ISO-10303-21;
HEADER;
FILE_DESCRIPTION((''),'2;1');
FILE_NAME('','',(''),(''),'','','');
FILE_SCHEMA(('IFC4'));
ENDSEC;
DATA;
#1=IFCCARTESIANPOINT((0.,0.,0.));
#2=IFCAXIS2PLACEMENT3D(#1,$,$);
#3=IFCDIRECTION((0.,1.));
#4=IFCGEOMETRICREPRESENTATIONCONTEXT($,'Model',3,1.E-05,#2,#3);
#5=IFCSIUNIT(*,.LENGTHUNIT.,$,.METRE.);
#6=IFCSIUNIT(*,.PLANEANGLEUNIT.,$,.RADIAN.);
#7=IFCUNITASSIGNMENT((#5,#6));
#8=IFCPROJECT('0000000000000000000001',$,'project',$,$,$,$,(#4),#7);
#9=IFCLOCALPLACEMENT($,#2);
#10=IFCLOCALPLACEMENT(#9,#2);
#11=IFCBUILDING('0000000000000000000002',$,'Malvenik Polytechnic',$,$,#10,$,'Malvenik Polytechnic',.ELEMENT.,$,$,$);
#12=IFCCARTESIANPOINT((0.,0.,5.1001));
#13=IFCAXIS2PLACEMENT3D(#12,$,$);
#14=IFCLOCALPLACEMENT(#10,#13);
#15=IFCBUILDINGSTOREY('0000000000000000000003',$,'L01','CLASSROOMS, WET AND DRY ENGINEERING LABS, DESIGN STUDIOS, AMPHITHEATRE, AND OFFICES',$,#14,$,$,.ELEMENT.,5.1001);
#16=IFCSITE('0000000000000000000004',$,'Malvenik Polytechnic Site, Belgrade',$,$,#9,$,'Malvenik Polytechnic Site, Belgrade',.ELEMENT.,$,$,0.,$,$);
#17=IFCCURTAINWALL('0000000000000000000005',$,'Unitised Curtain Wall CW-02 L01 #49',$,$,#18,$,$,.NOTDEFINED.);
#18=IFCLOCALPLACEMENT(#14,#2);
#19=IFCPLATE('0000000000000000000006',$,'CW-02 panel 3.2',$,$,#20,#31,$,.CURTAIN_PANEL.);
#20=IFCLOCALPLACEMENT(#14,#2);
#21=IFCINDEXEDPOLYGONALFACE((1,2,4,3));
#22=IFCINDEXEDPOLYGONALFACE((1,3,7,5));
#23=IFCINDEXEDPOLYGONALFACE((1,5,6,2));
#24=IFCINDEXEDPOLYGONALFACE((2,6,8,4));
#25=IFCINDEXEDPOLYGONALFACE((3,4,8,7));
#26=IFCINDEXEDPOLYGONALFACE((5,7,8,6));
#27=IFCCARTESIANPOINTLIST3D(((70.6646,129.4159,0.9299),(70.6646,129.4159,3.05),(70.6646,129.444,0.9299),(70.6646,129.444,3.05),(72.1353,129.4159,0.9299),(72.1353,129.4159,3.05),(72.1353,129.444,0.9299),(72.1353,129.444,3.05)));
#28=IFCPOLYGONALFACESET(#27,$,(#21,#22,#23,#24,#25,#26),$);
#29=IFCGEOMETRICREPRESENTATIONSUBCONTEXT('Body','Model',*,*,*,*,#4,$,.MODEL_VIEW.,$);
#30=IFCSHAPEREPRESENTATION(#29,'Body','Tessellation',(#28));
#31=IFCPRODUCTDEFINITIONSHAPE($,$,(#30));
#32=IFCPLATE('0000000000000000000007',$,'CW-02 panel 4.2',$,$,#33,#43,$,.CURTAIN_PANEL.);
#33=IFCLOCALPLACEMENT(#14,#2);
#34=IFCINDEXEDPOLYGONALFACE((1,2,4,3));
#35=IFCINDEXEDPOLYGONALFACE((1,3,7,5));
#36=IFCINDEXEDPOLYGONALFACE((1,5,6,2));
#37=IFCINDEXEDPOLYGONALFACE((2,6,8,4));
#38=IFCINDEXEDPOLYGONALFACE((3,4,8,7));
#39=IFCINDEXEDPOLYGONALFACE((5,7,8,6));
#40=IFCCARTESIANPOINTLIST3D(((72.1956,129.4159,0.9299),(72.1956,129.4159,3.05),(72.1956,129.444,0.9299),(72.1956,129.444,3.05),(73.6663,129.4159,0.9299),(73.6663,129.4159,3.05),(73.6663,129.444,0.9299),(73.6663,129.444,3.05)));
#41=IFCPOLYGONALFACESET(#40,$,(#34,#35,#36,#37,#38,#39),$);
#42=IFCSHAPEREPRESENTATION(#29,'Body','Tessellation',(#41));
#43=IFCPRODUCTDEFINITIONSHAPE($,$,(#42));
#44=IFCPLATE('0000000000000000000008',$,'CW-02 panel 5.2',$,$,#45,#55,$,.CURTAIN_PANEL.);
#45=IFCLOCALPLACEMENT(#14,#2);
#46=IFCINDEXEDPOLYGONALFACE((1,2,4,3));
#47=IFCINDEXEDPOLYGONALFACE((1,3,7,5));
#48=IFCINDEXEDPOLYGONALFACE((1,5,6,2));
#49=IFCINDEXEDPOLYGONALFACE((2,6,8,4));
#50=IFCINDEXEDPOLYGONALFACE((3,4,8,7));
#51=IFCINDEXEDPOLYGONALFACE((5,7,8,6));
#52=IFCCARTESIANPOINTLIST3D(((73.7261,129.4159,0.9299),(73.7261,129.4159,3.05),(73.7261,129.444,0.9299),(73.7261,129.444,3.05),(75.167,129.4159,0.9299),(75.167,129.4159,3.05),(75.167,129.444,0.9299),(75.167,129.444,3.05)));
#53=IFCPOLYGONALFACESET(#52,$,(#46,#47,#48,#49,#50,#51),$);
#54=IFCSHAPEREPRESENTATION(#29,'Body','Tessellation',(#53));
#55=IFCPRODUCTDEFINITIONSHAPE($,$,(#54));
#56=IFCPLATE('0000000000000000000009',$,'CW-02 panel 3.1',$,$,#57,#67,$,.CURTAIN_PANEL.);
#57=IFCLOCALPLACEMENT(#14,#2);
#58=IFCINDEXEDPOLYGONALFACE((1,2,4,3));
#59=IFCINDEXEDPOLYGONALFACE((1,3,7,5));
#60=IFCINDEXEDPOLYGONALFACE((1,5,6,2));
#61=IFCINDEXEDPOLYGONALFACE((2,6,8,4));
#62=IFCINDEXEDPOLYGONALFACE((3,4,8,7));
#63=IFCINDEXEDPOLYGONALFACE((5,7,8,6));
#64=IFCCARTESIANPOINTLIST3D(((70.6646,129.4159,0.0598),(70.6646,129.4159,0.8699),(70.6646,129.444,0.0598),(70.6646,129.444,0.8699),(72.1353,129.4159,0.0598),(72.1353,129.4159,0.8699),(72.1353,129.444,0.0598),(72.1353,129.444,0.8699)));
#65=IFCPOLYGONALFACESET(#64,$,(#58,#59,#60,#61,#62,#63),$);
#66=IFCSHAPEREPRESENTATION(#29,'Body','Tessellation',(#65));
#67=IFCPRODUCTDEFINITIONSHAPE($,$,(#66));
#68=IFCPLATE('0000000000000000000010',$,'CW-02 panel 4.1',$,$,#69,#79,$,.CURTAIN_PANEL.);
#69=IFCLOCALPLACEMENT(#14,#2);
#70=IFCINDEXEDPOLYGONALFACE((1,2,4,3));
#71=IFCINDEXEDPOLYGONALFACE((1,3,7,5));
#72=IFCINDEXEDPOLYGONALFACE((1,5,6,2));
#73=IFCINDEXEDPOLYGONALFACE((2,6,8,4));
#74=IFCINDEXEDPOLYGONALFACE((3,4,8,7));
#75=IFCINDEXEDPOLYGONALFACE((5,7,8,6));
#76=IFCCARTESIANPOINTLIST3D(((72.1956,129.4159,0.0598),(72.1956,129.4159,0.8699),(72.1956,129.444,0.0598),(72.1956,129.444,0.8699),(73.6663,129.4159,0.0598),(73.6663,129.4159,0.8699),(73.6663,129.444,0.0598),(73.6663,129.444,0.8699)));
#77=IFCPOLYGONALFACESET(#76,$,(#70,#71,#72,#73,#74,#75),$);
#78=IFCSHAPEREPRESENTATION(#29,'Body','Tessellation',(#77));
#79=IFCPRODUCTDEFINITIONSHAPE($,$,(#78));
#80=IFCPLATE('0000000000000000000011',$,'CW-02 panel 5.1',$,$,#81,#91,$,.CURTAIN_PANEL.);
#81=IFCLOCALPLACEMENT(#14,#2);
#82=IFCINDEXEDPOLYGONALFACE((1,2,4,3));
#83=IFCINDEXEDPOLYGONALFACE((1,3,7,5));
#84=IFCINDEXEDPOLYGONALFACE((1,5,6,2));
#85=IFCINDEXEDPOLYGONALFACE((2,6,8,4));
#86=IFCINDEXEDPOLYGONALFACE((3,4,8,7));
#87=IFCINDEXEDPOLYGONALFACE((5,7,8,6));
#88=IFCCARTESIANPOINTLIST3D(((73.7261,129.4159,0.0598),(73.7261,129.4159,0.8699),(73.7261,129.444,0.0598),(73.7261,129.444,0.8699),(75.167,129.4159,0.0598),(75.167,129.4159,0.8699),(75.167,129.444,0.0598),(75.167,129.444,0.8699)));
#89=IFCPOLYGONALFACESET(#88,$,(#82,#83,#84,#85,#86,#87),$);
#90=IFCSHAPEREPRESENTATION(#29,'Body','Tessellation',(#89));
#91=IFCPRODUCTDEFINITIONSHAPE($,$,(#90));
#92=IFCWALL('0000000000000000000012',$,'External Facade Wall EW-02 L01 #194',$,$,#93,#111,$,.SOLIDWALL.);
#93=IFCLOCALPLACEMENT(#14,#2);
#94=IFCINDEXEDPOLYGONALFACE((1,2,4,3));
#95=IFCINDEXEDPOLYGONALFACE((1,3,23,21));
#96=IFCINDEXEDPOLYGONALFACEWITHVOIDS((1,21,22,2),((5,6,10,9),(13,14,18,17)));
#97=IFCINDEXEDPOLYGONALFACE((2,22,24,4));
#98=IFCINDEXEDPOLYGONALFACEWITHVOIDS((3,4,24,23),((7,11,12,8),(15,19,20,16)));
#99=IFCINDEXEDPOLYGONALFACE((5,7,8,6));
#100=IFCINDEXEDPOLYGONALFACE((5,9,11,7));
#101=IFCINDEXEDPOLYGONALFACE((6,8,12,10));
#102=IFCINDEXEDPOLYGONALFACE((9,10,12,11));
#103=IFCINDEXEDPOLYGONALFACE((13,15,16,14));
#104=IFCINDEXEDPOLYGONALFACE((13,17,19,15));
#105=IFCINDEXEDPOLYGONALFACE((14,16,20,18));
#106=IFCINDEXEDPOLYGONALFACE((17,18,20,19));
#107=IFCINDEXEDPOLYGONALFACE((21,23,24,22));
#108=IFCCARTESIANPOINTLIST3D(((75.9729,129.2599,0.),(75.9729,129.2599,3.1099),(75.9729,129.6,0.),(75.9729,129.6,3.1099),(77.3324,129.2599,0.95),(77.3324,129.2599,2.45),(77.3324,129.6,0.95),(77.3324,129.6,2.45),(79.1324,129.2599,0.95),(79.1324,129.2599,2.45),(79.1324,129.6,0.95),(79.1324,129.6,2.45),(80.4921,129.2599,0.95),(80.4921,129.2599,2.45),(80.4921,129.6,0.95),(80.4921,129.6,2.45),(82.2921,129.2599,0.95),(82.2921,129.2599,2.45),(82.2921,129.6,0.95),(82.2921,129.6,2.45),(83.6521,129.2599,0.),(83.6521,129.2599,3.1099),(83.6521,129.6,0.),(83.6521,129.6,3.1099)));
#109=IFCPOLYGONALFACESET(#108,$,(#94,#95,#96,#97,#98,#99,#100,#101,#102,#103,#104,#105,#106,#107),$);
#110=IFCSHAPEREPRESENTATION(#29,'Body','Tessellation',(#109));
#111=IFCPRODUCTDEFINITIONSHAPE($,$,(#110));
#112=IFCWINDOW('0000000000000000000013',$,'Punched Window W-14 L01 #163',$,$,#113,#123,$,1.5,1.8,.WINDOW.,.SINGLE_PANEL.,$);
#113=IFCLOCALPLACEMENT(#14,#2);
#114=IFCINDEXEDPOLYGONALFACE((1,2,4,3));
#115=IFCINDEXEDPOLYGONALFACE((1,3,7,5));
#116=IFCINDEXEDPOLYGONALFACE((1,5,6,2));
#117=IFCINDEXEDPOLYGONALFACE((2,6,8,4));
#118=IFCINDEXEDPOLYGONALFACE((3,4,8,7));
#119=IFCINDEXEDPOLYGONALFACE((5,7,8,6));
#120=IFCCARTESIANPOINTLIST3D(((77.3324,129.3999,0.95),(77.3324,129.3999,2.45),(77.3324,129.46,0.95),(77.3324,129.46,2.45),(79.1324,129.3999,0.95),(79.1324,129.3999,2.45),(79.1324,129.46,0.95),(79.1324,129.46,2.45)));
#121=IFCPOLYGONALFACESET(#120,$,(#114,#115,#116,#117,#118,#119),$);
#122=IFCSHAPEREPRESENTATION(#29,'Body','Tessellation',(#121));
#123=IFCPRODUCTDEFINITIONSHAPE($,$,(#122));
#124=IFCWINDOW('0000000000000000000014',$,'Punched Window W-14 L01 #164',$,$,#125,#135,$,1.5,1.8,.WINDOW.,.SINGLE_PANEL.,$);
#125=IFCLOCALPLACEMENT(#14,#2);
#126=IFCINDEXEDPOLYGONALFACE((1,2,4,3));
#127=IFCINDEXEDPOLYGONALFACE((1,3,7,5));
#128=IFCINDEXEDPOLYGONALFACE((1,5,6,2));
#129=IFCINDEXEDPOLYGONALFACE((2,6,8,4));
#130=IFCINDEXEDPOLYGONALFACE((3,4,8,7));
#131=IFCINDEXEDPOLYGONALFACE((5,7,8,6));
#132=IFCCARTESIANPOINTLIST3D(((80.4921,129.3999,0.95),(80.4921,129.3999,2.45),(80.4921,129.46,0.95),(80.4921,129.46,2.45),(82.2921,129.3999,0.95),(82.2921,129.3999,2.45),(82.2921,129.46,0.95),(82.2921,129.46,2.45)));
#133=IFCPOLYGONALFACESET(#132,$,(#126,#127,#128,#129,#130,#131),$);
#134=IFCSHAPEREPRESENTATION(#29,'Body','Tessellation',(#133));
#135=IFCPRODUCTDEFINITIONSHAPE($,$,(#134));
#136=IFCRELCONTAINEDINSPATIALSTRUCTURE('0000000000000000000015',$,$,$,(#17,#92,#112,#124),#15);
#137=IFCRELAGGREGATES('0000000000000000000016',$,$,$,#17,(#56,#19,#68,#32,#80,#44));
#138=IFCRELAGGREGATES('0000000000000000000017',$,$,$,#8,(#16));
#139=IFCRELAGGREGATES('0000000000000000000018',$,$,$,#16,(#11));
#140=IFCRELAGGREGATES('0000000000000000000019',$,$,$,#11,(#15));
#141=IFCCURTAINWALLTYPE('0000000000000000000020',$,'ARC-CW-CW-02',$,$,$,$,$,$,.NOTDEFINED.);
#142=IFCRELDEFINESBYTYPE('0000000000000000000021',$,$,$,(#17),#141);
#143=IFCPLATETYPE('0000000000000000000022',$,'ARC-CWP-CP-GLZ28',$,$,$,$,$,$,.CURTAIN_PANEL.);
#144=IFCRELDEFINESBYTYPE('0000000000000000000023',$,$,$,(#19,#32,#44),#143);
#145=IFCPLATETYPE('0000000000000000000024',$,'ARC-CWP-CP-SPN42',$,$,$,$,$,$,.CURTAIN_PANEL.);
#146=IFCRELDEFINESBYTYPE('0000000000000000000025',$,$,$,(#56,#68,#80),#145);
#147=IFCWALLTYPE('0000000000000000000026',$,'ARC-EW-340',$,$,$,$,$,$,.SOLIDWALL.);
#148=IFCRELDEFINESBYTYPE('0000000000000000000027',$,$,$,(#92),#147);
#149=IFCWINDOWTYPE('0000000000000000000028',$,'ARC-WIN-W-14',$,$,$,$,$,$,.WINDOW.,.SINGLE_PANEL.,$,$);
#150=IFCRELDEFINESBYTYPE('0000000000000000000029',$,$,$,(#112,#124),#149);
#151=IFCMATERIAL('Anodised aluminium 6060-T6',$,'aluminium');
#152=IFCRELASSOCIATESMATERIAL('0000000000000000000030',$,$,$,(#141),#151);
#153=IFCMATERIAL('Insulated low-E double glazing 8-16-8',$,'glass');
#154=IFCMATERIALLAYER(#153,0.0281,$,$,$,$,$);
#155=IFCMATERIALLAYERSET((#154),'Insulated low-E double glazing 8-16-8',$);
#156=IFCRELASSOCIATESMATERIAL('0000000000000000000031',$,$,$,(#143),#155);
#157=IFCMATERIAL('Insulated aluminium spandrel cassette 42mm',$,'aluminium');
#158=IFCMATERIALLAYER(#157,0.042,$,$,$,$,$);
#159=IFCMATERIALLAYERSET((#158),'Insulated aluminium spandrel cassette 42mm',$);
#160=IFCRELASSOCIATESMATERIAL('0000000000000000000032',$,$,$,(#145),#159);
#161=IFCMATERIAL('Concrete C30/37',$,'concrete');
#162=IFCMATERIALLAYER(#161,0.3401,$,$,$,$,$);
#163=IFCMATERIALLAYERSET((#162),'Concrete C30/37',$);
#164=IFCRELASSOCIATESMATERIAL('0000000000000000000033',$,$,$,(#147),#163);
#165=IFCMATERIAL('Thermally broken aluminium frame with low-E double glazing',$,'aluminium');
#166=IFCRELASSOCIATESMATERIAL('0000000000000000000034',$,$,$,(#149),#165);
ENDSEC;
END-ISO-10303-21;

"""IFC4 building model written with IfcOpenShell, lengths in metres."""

from ifc_helpers import new_model, si_unit, direction, frame, frame_2d, origin, origin_2d, place, context, subcontext, project, spatial, rectangle, extrude, material, layer, layer_set, type_object, element, fill, aggregate, save


model = new_model("IFC4")

# Units and contexts
model_context = context("Model", 3, precision=1e-05, world=origin(), true_north=direction((0.0, 1.0)))
body_context = subcontext(model_context, "Body", "Model", "MODEL_VIEW")
ifc_project = project(units=[si_unit("LENGTHUNIT", "METRE"), si_unit("PLANEANGLEUNIT", "RADIAN")], contexts=[model_context])

# Site, building, storey
site_placement = place(None, origin())
site = spatial("IfcSite", under=ifc_project, at=site_placement, Name="Malvenik Polytechnic Site, Belgrade", LongName="Malvenik Polytechnic Site, Belgrade", CompositionType="ELEMENT", RefElevation=0.0)
building_placement = place(site_placement, origin())
building = spatial("IfcBuilding", under=site, at=building_placement, Name="Malvenik Polytechnic", LongName="Malvenik Polytechnic", CompositionType="ELEMENT")
storey_placement = place(building_placement, frame((0.0, 0.0, 5.1001)))
storey = spatial("IfcBuildingStorey", under=building, at=storey_placement, Name="L01", Description="CLASSROOMS, WET AND DRY ENGINEERING LABS, DESIGN STUDIOS, AMPHITHEATRE, AND OFFICES", CompositionType="ELEMENT", Elevation=5.1001)

# Curtain wall
ifc_material_1 = material(Name="Anodised aluminium 6060-T6", Category="aluminium")
curtain_wall_type = type_object("IfcCurtainWallType", Name="ARC-CW-CW-02", PredefinedType="NOTDEFINED", material=ifc_material_1)
curtain_wall_placement = place(storey_placement, origin())
curtain_wall = element("IfcCurtainWall", 1, at=curtain_wall_placement, inside=storey, type_object=curtain_wall_type, Name="Unitised Curtain Wall CW-02 L01 #49", PredefinedType="NOTDEFINED")

# Plates
ifc_material_2 = material(Name="Insulated low-E double glazing 8-16-8", Category="glass")
ifc_layer_1 = layer(ifc_material_2, 0.0281)
ifc_layer_set_1 = layer_set([ifc_layer_1], Name="Insulated low-E double glazing 8-16-8")
plate_type_1 = type_object("IfcPlateType", Name="ARC-CWP-CP-GLZ28", PredefinedType="CURTAIN_PANEL", material=ifc_layer_set_1)
plate_1_placement = place(storey_placement, frame((71.3999, 129.4299, 0.9299), z_axis=(0.0, 0.0, 1.0), x_axis=(1.0, 0.0, 0.0)))
plate_1 = element("IfcPlate", 2, at=plate_1_placement, type_object=plate_type_1, Name="CW-02 panel 3.2", PredefinedType="CURTAIN_PANEL", context=body_context, shape_type="SweptSolid", body=[
    extrude(rectangle(XDim=1.4707, YDim=0.0281, at=origin_2d()), origin(), (0.0, 0.0, 1.0), 2.1201),
])
plate_2_placement = place(storey_placement, frame((72.9309, 129.4299, 0.9299), z_axis=(0.0, 0.0, 1.0), x_axis=(1.0, 0.0, 0.0)))
plate_2 = element("IfcPlate", 3, at=plate_2_placement, type_object=plate_type_1, Name="CW-02 panel 4.2", PredefinedType="CURTAIN_PANEL", context=body_context, shape_type="SweptSolid", body=[
    extrude(rectangle(XDim=1.4707, YDim=0.0281, at=origin_2d()), origin(), (0.0, 0.0, 1.0), 2.1201),
])
plate_3_placement = place(storey_placement, frame((74.4465, 129.4299, 0.9299), z_axis=(0.0, 0.0, 1.0), x_axis=(1.0, 0.0, 0.0)))
plate_3 = element("IfcPlate", 4, at=plate_3_placement, type_object=plate_type_1, Name="CW-02 panel 5.2", PredefinedType="CURTAIN_PANEL", context=body_context, shape_type="SweptSolid", body=[
    extrude(rectangle(XDim=1.4409, YDim=0.0281, at=origin_2d()), origin(), (0.0, 0.0, 1.0), 2.1201),
])
ifc_material_3 = material(Name="Insulated aluminium spandrel cassette 42mm", Category="aluminium")
ifc_layer_2 = layer(ifc_material_3, 0.042)
ifc_layer_set_2 = layer_set([ifc_layer_2], Name="Insulated aluminium spandrel cassette 42mm")
plate_type_2 = type_object("IfcPlateType", Name="ARC-CWP-CP-SPN42", PredefinedType="CURTAIN_PANEL", material=ifc_layer_set_2)
plate_4_placement = place(storey_placement, frame((71.3999, 129.4299, 0.0598), z_axis=(0.0, 0.0, 1.0), x_axis=(1.0, 0.0, 0.0)))
plate_4 = element("IfcPlate", 5, at=plate_4_placement, type_object=plate_type_2, Name="CW-02 panel 3.1", PredefinedType="CURTAIN_PANEL", context=body_context, shape_type="SweptSolid", body=[
    extrude(rectangle(XDim=1.4707, YDim=0.0281, at=origin_2d()), origin(), (0.0, 0.0, 1.0), 0.8101),
])
plate_5_placement = place(storey_placement, frame((72.9309, 129.4299, 0.0598), z_axis=(0.0, 0.0, 1.0), x_axis=(1.0, 0.0, 0.0)))
plate_5 = element("IfcPlate", 6, at=plate_5_placement, type_object=plate_type_2, Name="CW-02 panel 4.1", PredefinedType="CURTAIN_PANEL", context=body_context, shape_type="SweptSolid", body=[
    extrude(rectangle(XDim=1.4707, YDim=0.0281, at=origin_2d()), origin(), (0.0, 0.0, 1.0), 0.8101),
])
plate_6_placement = place(storey_placement, frame((74.4465, 129.4299, 0.0598), z_axis=(0.0, 0.0, 1.0), x_axis=(1.0, 0.0, 0.0)))
plate_6 = element("IfcPlate", 7, at=plate_6_placement, type_object=plate_type_2, Name="CW-02 panel 5.1", PredefinedType="CURTAIN_PANEL", context=body_context, shape_type="SweptSolid", body=[
    extrude(rectangle(XDim=1.4409, YDim=0.0281, at=origin_2d()), origin(), (0.0, 0.0, 1.0), 0.8101),
])
aggregate(curtain_wall, [plate_4, plate_1, plate_5, plate_2, plate_6, plate_3])

# Wall, openings, windows
ifc_material_4 = material(Name="Concrete C30/37", Category="concrete")
ifc_layer_3 = layer(ifc_material_4, 0.3401)
ifc_layer_set_3 = layer_set([ifc_layer_3], Name="Concrete C30/37")
wall_type = type_object("IfcWallType", Name="ARC-EW-340", PredefinedType="SOLIDWALL", material=ifc_layer_set_3)
wall_placement = place(storey_placement, frame((75.9729, 129.4299, 0.0), z_axis=(0.0, 0.0, 1.0), x_axis=(1.0, 0.0, 0.0)))
wall = element("IfcWall", 8, at=wall_placement, inside=storey, type_object=wall_type, Name="External Facade Wall EW-02 L01 #194", PredefinedType="SOLIDWALL", context=body_context, shape_type="SweptSolid", body=[
    extrude(rectangle(XDim=7.6792, YDim=0.3401, at=frame_2d((3.8396, 0.0))), origin(), (0.0, 0.0, 1.0), 3.1099),
])
opening_1_placement = place(wall_placement, frame((1.3596, 0.0, 0.95)))
opening_1 = element("IfcOpeningElement", 9, at=opening_1_placement, cuts=wall, PredefinedType="OPENING", context=body_context, shape_type="SweptSolid", body=[
    extrude(rectangle(XDim=1.8, YDim=1.5, at=frame_2d((0.8999, 0.75))), frame((0.0, 0.1802, 0.0), z_axis=(0.0, -1.0, 0.0), x_axis=(1.0, 0.0, 0.0)), (0.0, 0.0, 1.0), 0.3601),
])
opening_2_placement = place(wall_placement, frame((4.5193, 0.0, 0.95)))
opening_2 = element("IfcOpeningElement", 10, at=opening_2_placement, cuts=wall, PredefinedType="OPENING", context=body_context, shape_type="SweptSolid", body=[
    extrude(rectangle(XDim=1.8, YDim=1.5, at=frame_2d((0.8999, 0.75))), frame((0.0, 0.1802, 0.0), z_axis=(0.0, -1.0, 0.0), x_axis=(1.0, 0.0, 0.0)), (0.0, 0.0, 1.0), 0.3601),
])
ifc_material_5 = material(Name="Thermally broken aluminium frame with low-E double glazing", Category="aluminium")
window_type = type_object("IfcWindowType", Name="ARC-WIN-W-14", PartitioningType="SINGLE_PANEL", PredefinedType="WINDOW", material=ifc_material_5)
window_1_placement = place(opening_1_placement, origin())
window_1 = element("IfcWindow", 11, at=window_1_placement, inside=storey, type_object=window_type, Name="Punched Window W-14 L01 #163", OverallHeight=1.5, OverallWidth=1.8, PartitioningType="SINGLE_PANEL", PredefinedType="WINDOW", context=body_context, shape_type="SweptSolid", body=[
    extrude(rectangle(XDim=1.8, YDim=1.5, at=frame_2d((0.8999, 0.75))), frame((0.0, 0.03, 0.0), z_axis=(0.0, -1.0, 0.0), x_axis=(1.0, 0.0, 0.0)), (0.0, 0.0, 1.0), 0.0601),
])
fill(opening_1, window_1)
window_2_placement = place(opening_2_placement, origin())
window_2 = element("IfcWindow", 12, at=window_2_placement, inside=storey, type_object=window_type, Name="Punched Window W-14 L01 #164", OverallHeight=1.5, OverallWidth=1.8, PartitioningType="SINGLE_PANEL", PredefinedType="WINDOW", context=body_context, shape_type="SweptSolid", body=[
    extrude(rectangle(XDim=1.8, YDim=1.5, at=frame_2d((0.8999, 0.75))), frame((0.0, 0.03, 0.0), z_axis=(0.0, -1.0, 0.0), x_axis=(1.0, 0.0, 0.0)), (0.0, 0.0, 1.0), 0.0601),
])
fill(opening_2, window_2)

save(model, "model.ifc")
